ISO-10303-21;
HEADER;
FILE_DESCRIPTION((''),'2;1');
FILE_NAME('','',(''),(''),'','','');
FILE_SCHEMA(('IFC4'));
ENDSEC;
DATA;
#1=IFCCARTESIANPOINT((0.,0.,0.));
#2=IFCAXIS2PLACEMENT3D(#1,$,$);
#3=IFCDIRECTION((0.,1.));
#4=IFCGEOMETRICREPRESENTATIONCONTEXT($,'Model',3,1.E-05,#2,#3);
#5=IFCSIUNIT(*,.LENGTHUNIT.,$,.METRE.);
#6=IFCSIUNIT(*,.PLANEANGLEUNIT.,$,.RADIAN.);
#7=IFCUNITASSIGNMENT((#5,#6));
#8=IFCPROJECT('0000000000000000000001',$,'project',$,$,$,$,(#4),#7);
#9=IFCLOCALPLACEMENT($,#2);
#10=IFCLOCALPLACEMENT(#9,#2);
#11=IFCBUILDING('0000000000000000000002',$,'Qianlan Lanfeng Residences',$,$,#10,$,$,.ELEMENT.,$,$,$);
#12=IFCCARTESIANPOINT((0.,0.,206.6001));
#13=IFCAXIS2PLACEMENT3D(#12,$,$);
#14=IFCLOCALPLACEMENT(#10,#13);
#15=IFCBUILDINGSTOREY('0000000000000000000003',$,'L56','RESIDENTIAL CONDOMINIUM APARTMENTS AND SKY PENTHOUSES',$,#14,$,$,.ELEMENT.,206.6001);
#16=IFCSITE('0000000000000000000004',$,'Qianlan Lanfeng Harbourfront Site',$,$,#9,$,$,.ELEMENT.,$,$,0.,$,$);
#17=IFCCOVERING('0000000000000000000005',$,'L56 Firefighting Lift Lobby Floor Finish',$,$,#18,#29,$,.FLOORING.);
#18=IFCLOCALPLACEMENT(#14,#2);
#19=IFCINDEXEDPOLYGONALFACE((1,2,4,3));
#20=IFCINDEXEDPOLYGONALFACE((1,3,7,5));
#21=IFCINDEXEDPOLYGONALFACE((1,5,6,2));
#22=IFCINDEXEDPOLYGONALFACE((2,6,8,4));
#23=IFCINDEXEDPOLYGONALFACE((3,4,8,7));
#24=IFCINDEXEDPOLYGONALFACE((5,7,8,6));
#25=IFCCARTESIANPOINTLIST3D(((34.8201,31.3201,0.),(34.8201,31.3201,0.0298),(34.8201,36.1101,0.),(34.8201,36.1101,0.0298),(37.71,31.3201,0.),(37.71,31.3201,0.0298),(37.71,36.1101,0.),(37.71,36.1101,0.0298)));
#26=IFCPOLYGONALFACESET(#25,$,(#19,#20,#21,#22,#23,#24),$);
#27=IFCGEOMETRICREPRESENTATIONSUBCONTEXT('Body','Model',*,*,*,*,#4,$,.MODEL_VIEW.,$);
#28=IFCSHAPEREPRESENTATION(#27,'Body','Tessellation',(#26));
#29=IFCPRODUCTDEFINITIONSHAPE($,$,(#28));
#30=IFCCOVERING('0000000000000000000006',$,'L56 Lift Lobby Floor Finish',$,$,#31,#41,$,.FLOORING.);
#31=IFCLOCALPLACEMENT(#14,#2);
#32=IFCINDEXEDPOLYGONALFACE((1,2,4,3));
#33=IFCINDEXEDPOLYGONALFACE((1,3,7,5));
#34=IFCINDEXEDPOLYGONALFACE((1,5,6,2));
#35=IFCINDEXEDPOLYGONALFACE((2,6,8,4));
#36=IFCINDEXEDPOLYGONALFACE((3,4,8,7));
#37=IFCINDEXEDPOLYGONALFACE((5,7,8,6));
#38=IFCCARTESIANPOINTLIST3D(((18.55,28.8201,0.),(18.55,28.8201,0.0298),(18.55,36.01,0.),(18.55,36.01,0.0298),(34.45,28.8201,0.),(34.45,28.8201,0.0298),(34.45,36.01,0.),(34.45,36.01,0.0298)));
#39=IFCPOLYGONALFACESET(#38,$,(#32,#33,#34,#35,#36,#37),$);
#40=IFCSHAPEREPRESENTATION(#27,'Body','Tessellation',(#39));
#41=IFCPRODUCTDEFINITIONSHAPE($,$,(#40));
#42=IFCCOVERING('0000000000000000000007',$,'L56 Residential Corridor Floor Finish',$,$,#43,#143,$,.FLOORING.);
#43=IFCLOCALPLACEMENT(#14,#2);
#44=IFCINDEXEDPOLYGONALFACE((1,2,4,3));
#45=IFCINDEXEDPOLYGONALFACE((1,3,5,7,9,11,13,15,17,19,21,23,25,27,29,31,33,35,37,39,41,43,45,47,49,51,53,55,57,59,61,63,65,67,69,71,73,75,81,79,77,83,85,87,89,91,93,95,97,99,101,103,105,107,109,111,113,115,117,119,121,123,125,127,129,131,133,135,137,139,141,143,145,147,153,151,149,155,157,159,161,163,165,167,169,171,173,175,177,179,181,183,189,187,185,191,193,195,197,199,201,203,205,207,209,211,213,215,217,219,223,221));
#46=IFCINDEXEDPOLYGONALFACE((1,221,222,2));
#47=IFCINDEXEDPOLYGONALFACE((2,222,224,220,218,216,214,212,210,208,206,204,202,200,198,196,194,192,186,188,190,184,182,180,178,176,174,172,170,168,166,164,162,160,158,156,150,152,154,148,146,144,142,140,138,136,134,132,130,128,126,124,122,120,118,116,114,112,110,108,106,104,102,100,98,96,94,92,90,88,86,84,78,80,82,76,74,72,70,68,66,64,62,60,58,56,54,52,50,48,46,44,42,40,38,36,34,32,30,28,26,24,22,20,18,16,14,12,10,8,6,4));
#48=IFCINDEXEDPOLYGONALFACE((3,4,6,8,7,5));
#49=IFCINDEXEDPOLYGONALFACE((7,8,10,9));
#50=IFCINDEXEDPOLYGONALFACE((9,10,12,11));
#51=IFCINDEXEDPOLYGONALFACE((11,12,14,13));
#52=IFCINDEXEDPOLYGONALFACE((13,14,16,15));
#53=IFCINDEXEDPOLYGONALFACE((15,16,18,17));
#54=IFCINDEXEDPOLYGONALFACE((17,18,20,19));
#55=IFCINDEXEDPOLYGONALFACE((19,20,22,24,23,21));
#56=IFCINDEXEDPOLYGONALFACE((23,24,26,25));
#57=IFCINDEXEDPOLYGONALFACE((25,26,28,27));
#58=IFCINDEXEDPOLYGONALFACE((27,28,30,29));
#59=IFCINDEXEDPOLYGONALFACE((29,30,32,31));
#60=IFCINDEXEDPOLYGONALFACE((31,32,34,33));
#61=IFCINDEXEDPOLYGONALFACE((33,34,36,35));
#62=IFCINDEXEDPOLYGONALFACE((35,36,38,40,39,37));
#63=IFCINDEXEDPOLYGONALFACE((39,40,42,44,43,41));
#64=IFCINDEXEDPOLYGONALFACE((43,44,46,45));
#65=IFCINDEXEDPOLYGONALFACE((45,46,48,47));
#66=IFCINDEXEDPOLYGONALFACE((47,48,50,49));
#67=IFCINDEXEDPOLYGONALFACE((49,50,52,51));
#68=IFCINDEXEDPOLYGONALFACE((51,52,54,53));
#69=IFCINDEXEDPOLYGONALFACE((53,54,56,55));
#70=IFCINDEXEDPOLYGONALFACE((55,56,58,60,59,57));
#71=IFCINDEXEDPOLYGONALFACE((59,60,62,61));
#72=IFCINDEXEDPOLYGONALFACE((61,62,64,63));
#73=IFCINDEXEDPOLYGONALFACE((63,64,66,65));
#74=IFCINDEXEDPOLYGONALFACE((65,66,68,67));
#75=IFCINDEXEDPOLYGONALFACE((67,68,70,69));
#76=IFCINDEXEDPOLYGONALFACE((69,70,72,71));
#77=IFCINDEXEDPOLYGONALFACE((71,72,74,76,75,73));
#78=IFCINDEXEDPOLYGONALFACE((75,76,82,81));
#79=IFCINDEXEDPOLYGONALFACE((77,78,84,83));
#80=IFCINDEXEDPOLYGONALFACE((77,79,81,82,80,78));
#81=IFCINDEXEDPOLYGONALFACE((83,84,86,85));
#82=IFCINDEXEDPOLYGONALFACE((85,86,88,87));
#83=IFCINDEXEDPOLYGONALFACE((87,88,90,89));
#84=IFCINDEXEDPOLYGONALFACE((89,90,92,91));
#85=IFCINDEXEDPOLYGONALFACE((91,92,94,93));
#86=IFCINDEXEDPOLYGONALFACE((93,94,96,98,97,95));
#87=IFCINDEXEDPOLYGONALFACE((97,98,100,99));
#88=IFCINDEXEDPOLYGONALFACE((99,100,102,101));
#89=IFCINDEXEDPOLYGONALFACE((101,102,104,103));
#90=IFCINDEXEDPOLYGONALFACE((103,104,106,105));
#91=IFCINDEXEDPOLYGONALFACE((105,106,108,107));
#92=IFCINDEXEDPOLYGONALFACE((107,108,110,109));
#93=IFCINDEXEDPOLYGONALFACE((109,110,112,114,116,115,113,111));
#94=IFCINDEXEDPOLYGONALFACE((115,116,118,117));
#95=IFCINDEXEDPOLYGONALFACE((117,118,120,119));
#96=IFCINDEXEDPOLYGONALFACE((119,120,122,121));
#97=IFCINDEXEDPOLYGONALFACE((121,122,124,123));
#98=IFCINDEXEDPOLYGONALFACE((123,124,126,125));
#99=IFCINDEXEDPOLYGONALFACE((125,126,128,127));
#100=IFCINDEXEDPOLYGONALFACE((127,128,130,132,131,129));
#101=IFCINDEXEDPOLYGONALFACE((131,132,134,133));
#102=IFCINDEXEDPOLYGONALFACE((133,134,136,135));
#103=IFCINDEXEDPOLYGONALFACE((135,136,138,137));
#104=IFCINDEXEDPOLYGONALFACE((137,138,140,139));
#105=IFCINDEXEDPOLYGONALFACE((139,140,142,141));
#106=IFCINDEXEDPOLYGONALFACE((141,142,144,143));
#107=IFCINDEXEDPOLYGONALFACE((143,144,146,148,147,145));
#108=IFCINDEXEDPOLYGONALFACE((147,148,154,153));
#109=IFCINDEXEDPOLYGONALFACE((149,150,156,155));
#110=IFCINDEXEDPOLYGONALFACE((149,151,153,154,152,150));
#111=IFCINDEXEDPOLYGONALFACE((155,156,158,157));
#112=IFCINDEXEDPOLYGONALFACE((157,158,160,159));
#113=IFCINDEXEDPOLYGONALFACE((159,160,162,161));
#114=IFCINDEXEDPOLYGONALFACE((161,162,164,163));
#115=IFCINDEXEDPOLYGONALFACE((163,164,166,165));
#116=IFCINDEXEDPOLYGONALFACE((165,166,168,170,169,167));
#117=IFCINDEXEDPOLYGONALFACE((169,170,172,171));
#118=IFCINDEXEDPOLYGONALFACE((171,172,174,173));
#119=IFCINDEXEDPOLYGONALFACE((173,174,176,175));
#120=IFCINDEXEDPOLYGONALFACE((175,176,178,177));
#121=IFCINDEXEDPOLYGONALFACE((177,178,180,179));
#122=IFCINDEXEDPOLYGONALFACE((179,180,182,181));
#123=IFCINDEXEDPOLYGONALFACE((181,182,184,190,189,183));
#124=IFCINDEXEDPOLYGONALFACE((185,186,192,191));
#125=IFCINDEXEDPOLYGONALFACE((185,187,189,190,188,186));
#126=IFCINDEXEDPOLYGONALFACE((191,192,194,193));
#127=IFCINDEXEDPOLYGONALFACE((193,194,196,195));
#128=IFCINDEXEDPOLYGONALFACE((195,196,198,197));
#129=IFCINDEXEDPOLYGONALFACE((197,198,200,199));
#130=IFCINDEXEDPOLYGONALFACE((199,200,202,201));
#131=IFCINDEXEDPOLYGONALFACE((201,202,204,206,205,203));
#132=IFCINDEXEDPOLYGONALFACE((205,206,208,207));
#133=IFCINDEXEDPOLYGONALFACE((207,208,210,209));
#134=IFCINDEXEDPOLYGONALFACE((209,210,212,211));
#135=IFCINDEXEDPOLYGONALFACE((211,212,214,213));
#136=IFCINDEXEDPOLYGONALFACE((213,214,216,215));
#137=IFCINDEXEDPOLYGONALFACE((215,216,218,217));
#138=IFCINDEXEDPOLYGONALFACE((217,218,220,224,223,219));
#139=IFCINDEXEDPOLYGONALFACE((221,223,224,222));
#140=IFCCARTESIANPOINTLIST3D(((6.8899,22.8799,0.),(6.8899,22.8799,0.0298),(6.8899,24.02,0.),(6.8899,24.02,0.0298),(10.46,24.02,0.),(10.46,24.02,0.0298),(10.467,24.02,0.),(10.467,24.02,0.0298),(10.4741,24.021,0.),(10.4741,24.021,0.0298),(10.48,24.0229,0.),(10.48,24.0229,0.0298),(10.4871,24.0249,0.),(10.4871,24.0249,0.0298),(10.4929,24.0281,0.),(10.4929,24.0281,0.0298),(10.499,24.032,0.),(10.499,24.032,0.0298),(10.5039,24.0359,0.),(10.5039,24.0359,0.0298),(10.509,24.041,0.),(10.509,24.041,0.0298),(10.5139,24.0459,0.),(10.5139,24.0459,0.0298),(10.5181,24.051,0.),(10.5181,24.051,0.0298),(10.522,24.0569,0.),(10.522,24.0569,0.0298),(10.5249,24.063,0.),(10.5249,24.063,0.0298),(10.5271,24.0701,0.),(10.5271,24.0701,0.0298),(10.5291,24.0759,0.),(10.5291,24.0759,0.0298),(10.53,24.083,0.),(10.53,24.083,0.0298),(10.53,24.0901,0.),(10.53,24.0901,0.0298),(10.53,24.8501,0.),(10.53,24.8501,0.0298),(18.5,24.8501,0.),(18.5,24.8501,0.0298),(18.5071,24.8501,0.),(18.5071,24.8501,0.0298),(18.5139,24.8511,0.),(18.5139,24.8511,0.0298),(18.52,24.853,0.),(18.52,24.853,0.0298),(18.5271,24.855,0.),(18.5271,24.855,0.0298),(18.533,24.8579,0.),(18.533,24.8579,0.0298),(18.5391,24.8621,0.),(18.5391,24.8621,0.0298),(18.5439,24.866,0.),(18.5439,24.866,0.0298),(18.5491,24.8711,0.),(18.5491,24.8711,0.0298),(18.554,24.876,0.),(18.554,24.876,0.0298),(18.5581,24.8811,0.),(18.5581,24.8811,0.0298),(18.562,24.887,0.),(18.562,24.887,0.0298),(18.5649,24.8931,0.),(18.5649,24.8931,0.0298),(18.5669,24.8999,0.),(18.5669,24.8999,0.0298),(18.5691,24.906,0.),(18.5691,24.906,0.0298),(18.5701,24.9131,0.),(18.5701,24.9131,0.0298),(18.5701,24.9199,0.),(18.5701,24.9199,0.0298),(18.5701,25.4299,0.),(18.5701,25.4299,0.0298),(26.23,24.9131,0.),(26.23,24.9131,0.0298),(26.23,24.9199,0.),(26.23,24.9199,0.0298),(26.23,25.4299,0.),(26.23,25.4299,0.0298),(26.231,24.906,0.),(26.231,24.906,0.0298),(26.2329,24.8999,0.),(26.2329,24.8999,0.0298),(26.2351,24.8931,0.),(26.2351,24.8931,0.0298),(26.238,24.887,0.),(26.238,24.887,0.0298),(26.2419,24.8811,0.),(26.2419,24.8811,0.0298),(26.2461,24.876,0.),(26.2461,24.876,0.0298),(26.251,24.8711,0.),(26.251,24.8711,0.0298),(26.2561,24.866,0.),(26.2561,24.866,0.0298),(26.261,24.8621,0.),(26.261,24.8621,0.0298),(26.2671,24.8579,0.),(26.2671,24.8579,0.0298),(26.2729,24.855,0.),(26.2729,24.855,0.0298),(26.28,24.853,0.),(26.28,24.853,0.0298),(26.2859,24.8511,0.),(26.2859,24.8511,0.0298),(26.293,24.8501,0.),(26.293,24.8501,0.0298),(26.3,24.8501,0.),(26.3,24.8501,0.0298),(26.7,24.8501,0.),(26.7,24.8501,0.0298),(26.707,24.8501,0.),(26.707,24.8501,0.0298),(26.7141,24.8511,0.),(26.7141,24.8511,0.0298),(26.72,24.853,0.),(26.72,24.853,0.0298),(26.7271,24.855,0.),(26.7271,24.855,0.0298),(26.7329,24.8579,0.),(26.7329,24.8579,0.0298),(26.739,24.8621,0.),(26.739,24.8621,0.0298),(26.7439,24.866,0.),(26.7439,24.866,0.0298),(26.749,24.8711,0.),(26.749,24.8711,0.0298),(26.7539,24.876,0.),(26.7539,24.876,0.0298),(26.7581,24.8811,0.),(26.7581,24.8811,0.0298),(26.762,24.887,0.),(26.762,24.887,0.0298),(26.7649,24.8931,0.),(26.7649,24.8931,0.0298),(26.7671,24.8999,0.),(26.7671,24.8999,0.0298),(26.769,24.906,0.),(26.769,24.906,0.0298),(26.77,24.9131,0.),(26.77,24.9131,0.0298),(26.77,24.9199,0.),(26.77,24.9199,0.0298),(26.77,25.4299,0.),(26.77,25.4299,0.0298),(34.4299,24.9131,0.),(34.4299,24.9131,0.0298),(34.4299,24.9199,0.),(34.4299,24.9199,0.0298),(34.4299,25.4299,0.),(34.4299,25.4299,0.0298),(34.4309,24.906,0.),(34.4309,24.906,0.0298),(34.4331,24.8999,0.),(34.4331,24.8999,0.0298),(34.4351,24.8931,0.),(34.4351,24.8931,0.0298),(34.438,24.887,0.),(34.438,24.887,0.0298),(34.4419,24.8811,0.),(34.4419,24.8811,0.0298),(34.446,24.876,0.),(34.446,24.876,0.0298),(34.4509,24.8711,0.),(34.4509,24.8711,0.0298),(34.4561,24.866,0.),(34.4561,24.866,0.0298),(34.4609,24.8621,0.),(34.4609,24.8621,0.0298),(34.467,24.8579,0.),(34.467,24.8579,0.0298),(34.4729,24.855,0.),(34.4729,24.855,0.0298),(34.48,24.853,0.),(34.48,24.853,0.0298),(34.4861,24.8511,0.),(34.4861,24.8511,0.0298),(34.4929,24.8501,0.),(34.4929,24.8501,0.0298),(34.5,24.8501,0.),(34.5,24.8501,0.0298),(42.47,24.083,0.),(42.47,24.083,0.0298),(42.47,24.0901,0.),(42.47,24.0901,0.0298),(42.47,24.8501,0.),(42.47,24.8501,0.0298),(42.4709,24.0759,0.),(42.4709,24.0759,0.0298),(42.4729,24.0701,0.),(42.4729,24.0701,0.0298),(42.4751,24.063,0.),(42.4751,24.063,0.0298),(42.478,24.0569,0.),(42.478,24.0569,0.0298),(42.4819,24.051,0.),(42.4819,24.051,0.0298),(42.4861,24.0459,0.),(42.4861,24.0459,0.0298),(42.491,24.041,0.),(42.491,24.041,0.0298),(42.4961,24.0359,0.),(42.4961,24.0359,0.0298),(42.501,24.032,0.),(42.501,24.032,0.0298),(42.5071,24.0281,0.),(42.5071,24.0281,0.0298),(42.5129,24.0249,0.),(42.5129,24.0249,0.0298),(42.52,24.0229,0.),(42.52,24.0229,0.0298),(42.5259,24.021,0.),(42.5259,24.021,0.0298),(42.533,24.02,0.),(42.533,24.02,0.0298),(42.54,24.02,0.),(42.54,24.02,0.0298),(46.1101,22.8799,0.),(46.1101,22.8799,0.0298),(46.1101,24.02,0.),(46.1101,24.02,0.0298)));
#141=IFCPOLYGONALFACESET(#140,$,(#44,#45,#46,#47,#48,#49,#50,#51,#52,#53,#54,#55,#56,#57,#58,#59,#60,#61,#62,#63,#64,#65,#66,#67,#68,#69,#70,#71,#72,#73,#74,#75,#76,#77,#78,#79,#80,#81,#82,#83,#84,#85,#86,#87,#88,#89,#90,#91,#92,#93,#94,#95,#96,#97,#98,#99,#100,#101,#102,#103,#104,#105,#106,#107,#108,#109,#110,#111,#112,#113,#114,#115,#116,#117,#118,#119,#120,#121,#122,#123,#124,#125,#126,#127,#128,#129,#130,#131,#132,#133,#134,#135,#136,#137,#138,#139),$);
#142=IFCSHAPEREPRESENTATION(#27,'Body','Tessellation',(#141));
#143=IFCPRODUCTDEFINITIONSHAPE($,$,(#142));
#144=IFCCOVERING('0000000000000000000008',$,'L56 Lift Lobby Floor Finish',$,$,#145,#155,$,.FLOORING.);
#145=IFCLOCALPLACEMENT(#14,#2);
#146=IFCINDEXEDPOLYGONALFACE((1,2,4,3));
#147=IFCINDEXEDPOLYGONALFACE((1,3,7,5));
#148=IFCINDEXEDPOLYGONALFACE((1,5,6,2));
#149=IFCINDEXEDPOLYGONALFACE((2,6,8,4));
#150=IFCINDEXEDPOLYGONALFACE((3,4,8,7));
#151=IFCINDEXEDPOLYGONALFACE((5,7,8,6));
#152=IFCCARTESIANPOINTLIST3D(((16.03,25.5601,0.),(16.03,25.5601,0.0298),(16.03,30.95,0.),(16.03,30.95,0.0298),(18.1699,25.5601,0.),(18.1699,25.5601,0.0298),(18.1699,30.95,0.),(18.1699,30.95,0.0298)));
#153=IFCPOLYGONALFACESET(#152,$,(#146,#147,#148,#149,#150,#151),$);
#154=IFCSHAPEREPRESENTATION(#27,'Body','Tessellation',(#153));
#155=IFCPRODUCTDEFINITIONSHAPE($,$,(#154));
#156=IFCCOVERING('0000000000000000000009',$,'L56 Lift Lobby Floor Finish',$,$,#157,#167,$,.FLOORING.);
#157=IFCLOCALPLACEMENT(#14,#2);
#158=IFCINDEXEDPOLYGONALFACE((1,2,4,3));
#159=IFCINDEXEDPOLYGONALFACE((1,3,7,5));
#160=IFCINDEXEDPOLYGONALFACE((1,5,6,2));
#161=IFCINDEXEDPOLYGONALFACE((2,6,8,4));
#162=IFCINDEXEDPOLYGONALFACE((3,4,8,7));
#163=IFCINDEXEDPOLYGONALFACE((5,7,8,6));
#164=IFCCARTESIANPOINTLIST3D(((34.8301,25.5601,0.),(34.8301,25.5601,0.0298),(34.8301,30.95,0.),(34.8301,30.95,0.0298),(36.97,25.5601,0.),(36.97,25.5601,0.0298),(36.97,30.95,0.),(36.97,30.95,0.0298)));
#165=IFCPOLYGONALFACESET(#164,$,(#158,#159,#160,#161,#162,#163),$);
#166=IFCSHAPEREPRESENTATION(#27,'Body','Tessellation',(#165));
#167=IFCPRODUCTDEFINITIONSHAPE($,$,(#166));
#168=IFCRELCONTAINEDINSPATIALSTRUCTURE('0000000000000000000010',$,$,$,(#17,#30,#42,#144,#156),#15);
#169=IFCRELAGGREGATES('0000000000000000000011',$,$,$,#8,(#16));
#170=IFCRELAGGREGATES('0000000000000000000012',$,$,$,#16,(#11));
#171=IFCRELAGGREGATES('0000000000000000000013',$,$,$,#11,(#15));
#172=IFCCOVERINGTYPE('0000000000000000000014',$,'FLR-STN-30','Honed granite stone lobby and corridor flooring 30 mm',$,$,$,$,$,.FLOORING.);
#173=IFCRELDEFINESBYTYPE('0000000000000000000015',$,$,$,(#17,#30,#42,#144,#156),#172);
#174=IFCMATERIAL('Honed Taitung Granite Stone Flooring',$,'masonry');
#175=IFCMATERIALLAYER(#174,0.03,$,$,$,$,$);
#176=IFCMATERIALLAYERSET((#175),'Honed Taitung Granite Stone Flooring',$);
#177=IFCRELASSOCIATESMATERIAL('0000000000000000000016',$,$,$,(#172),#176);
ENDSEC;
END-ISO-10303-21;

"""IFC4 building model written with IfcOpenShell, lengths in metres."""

from ifc_helpers import new_model, si_unit, direction, frame, origin, place, context, subcontext, project, spatial, polyline, outline, extrude, material, layer, layer_set, type_object, element, save


model = new_model("IFC4")

# Units and contexts
model_context = context("Model", 3, precision=1e-05, world=origin(), true_north=direction((0.0, 1.0)))
body_context = subcontext(model_context, "Body", "Model", "MODEL_VIEW")
ifc_project = project(units=[si_unit("LENGTHUNIT", "METRE"), si_unit("PLANEANGLEUNIT", "RADIAN")], contexts=[model_context])

# Site, building, storey
site_placement = place(None, origin())
site = spatial("IfcSite", under=ifc_project, at=site_placement, Name="Qianlan Lanfeng Harbourfront Site", CompositionType="ELEMENT", RefElevation=0.0)
building_placement = place(site_placement, origin())
building = spatial("IfcBuilding", under=site, at=building_placement, Name="Qianlan Lanfeng Residences", CompositionType="ELEMENT")
storey_placement = place(building_placement, frame((0.0, 0.0, 206.6001)))
storey = spatial("IfcBuildingStorey", under=building, at=storey_placement, Name="L56", Description="RESIDENTIAL CONDOMINIUM APARTMENTS AND SKY PENTHOUSES", CompositionType="ELEMENT", Elevation=206.6001)

# Coverings
ifc_material_1 = material(Name="Honed Taitung Granite Stone Flooring", Category="masonry")
ifc_layer_1 = layer(ifc_material_1, 0.03)
ifc_layer_set_1 = layer_set([ifc_layer_1], Name="Honed Taitung Granite Stone Flooring")
covering_type_1 = type_object("IfcCoveringType", Name="FLR-STN-30", Description="Honed granite stone lobby and corridor flooring 30 mm", PredefinedType="FLOORING", material=ifc_layer_set_1)
covering_1_placement = place(storey_placement, origin())
element("IfcCovering", 1, at=covering_1_placement, inside=storey, type_object=covering_type_1, Name="L56 Firefighting Lift Lobby Floor Finish", PredefinedType="FLOORING", context=body_context, shape_type="SweptSolid", body=[
    extrude(outline(polyline([(34.8201, 31.3201), (37.71, 31.3201), (37.71, 36.1101), (34.8201, 36.1101), (34.8201, 31.3201)])), origin(), (0.0, 0.0, 1.0), 0.0298),
])
covering_2_placement = place(storey_placement, origin())
element("IfcCovering", 2, at=covering_2_placement, inside=storey, type_object=covering_type_1, Name="L56 Lift Lobby Floor Finish", PredefinedType="FLOORING", context=body_context, shape_type="SweptSolid", body=[
    extrude(outline(polyline([(18.55, 28.8201), (34.45, 28.8201), (34.45, 36.01), (18.55, 36.01), (18.55, 28.8201)])), origin(), (0.0, 0.0, 1.0), 0.0298),
])
covering_3_placement = place(storey_placement, origin())
element("IfcCovering", 3, at=covering_3_placement, inside=storey, type_object=covering_type_1, Name="L56 Residential Corridor Floor Finish", PredefinedType="FLOORING", context=body_context, shape_type="SweptSolid", body=[
    extrude(outline(polyline([(6.8899, 22.8799), (46.1101, 22.8799), (46.1101, 24.02), (42.54, 24.02), (42.533, 24.02), (42.5259, 24.021), (42.52, 24.0229), (42.5129, 24.0249), (42.5071, 24.0281), (42.501, 24.032), (42.4961, 24.0359), (42.491, 24.041), (42.4861, 24.0459), (42.4819, 24.051), (42.478, 24.0569), (42.4751, 24.063), (42.4729, 24.0701), (42.4709, 24.0759), (42.47, 24.083), (42.47, 24.0901), (42.47, 24.8501), (34.5, 24.8501), (34.4929, 24.8501), (34.4861, 24.8511), (34.48, 24.853), (34.4729, 24.855), (34.467, 24.8579), (34.4609, 24.8621), (34.4561, 24.866), (34.4509, 24.8711), (34.446, 24.876), (34.4419, 24.8811), (34.438, 24.887), (34.4351, 24.8931), (34.4331, 24.8999), (34.4309, 24.906), (34.4299, 24.9131), (34.4299, 24.9199), (34.4299, 25.4299), (26.77, 25.4299), (26.77, 24.9199), (26.77, 24.9131), (26.769, 24.906), (26.7671, 24.8999), (26.7649, 24.8931), (26.762, 24.887), (26.7581, 24.8811), (26.7539, 24.876), (26.749, 24.8711), (26.7439, 24.866), (26.739, 24.8621), (26.7329, 24.8579), (26.7271, 24.855), (26.72, 24.853), (26.7141, 24.8511), (26.707, 24.8501), (26.7, 24.8501), (26.3, 24.8501), (26.293, 24.8501), (26.2859, 24.8511), (26.28, 24.853), (26.2729, 24.855), (26.2671, 24.8579), (26.261, 24.8621), (26.2561, 24.866), (26.251, 24.8711), (26.2461, 24.876), (26.2419, 24.8811), (26.238, 24.887), (26.2351, 24.8931), (26.2329, 24.8999), (26.231, 24.906), (26.23, 24.9131), (26.23, 24.9199), (26.23, 25.4299), (18.5701, 25.4299), (18.5701, 24.9199), (18.5701, 24.9131), (18.5691, 24.906), (18.5669, 24.8999), (18.5649, 24.8931), (18.562, 24.887), (18.5581, 24.8811), (18.554, 24.876), (18.5491, 24.8711), (18.5439, 24.866), (18.5391, 24.8621), (18.533, 24.8579), (18.5271, 24.855), (18.52, 24.853), (18.5139, 24.8511), (18.5071, 24.8501), (18.5, 24.8501), (10.53, 24.8501), (10.53, 24.0901), (10.53, 24.083), (10.5291, 24.0759), (10.5271, 24.0701), (10.5249, 24.063), (10.522, 24.0569), (10.5181, 24.051), (10.5139, 24.0459), (10.509, 24.041), (10.5039, 24.0359), (10.499, 24.032), (10.4929, 24.0281), (10.4871, 24.0249), (10.48, 24.0229), (10.4741, 24.021), (10.467, 24.02), (10.46, 24.02), (6.8899, 24.02), (6.8899, 22.8799)])), origin(), (0.0, 0.0, 1.0), 0.0298),
])
covering_4_placement = place(storey_placement, origin())
element("IfcCovering", 4, at=covering_4_placement, inside=storey, type_object=covering_type_1, Name="L56 Lift Lobby Floor Finish", PredefinedType="FLOORING", context=body_context, shape_type="SweptSolid", body=[
    extrude(outline(polyline([(16.03, 25.5601), (18.1699, 25.5601), (18.1699, 30.95), (16.03, 30.95), (16.03, 25.5601)])), origin(), (0.0, 0.0, 1.0), 0.0298),
])
covering_5_placement = place(storey_placement, origin())
element("IfcCovering", 5, at=covering_5_placement, inside=storey, type_object=covering_type_1, Name="L56 Lift Lobby Floor Finish", PredefinedType="FLOORING", context=body_context, shape_type="SweptSolid", body=[
    extrude(outline(polyline([(34.8301, 25.5601), (36.97, 25.5601), (36.97, 30.95), (34.8301, 30.95), (34.8301, 25.5601)])), origin(), (0.0, 0.0, 1.0), 0.0298),
])

save(model, "model.ifc")
